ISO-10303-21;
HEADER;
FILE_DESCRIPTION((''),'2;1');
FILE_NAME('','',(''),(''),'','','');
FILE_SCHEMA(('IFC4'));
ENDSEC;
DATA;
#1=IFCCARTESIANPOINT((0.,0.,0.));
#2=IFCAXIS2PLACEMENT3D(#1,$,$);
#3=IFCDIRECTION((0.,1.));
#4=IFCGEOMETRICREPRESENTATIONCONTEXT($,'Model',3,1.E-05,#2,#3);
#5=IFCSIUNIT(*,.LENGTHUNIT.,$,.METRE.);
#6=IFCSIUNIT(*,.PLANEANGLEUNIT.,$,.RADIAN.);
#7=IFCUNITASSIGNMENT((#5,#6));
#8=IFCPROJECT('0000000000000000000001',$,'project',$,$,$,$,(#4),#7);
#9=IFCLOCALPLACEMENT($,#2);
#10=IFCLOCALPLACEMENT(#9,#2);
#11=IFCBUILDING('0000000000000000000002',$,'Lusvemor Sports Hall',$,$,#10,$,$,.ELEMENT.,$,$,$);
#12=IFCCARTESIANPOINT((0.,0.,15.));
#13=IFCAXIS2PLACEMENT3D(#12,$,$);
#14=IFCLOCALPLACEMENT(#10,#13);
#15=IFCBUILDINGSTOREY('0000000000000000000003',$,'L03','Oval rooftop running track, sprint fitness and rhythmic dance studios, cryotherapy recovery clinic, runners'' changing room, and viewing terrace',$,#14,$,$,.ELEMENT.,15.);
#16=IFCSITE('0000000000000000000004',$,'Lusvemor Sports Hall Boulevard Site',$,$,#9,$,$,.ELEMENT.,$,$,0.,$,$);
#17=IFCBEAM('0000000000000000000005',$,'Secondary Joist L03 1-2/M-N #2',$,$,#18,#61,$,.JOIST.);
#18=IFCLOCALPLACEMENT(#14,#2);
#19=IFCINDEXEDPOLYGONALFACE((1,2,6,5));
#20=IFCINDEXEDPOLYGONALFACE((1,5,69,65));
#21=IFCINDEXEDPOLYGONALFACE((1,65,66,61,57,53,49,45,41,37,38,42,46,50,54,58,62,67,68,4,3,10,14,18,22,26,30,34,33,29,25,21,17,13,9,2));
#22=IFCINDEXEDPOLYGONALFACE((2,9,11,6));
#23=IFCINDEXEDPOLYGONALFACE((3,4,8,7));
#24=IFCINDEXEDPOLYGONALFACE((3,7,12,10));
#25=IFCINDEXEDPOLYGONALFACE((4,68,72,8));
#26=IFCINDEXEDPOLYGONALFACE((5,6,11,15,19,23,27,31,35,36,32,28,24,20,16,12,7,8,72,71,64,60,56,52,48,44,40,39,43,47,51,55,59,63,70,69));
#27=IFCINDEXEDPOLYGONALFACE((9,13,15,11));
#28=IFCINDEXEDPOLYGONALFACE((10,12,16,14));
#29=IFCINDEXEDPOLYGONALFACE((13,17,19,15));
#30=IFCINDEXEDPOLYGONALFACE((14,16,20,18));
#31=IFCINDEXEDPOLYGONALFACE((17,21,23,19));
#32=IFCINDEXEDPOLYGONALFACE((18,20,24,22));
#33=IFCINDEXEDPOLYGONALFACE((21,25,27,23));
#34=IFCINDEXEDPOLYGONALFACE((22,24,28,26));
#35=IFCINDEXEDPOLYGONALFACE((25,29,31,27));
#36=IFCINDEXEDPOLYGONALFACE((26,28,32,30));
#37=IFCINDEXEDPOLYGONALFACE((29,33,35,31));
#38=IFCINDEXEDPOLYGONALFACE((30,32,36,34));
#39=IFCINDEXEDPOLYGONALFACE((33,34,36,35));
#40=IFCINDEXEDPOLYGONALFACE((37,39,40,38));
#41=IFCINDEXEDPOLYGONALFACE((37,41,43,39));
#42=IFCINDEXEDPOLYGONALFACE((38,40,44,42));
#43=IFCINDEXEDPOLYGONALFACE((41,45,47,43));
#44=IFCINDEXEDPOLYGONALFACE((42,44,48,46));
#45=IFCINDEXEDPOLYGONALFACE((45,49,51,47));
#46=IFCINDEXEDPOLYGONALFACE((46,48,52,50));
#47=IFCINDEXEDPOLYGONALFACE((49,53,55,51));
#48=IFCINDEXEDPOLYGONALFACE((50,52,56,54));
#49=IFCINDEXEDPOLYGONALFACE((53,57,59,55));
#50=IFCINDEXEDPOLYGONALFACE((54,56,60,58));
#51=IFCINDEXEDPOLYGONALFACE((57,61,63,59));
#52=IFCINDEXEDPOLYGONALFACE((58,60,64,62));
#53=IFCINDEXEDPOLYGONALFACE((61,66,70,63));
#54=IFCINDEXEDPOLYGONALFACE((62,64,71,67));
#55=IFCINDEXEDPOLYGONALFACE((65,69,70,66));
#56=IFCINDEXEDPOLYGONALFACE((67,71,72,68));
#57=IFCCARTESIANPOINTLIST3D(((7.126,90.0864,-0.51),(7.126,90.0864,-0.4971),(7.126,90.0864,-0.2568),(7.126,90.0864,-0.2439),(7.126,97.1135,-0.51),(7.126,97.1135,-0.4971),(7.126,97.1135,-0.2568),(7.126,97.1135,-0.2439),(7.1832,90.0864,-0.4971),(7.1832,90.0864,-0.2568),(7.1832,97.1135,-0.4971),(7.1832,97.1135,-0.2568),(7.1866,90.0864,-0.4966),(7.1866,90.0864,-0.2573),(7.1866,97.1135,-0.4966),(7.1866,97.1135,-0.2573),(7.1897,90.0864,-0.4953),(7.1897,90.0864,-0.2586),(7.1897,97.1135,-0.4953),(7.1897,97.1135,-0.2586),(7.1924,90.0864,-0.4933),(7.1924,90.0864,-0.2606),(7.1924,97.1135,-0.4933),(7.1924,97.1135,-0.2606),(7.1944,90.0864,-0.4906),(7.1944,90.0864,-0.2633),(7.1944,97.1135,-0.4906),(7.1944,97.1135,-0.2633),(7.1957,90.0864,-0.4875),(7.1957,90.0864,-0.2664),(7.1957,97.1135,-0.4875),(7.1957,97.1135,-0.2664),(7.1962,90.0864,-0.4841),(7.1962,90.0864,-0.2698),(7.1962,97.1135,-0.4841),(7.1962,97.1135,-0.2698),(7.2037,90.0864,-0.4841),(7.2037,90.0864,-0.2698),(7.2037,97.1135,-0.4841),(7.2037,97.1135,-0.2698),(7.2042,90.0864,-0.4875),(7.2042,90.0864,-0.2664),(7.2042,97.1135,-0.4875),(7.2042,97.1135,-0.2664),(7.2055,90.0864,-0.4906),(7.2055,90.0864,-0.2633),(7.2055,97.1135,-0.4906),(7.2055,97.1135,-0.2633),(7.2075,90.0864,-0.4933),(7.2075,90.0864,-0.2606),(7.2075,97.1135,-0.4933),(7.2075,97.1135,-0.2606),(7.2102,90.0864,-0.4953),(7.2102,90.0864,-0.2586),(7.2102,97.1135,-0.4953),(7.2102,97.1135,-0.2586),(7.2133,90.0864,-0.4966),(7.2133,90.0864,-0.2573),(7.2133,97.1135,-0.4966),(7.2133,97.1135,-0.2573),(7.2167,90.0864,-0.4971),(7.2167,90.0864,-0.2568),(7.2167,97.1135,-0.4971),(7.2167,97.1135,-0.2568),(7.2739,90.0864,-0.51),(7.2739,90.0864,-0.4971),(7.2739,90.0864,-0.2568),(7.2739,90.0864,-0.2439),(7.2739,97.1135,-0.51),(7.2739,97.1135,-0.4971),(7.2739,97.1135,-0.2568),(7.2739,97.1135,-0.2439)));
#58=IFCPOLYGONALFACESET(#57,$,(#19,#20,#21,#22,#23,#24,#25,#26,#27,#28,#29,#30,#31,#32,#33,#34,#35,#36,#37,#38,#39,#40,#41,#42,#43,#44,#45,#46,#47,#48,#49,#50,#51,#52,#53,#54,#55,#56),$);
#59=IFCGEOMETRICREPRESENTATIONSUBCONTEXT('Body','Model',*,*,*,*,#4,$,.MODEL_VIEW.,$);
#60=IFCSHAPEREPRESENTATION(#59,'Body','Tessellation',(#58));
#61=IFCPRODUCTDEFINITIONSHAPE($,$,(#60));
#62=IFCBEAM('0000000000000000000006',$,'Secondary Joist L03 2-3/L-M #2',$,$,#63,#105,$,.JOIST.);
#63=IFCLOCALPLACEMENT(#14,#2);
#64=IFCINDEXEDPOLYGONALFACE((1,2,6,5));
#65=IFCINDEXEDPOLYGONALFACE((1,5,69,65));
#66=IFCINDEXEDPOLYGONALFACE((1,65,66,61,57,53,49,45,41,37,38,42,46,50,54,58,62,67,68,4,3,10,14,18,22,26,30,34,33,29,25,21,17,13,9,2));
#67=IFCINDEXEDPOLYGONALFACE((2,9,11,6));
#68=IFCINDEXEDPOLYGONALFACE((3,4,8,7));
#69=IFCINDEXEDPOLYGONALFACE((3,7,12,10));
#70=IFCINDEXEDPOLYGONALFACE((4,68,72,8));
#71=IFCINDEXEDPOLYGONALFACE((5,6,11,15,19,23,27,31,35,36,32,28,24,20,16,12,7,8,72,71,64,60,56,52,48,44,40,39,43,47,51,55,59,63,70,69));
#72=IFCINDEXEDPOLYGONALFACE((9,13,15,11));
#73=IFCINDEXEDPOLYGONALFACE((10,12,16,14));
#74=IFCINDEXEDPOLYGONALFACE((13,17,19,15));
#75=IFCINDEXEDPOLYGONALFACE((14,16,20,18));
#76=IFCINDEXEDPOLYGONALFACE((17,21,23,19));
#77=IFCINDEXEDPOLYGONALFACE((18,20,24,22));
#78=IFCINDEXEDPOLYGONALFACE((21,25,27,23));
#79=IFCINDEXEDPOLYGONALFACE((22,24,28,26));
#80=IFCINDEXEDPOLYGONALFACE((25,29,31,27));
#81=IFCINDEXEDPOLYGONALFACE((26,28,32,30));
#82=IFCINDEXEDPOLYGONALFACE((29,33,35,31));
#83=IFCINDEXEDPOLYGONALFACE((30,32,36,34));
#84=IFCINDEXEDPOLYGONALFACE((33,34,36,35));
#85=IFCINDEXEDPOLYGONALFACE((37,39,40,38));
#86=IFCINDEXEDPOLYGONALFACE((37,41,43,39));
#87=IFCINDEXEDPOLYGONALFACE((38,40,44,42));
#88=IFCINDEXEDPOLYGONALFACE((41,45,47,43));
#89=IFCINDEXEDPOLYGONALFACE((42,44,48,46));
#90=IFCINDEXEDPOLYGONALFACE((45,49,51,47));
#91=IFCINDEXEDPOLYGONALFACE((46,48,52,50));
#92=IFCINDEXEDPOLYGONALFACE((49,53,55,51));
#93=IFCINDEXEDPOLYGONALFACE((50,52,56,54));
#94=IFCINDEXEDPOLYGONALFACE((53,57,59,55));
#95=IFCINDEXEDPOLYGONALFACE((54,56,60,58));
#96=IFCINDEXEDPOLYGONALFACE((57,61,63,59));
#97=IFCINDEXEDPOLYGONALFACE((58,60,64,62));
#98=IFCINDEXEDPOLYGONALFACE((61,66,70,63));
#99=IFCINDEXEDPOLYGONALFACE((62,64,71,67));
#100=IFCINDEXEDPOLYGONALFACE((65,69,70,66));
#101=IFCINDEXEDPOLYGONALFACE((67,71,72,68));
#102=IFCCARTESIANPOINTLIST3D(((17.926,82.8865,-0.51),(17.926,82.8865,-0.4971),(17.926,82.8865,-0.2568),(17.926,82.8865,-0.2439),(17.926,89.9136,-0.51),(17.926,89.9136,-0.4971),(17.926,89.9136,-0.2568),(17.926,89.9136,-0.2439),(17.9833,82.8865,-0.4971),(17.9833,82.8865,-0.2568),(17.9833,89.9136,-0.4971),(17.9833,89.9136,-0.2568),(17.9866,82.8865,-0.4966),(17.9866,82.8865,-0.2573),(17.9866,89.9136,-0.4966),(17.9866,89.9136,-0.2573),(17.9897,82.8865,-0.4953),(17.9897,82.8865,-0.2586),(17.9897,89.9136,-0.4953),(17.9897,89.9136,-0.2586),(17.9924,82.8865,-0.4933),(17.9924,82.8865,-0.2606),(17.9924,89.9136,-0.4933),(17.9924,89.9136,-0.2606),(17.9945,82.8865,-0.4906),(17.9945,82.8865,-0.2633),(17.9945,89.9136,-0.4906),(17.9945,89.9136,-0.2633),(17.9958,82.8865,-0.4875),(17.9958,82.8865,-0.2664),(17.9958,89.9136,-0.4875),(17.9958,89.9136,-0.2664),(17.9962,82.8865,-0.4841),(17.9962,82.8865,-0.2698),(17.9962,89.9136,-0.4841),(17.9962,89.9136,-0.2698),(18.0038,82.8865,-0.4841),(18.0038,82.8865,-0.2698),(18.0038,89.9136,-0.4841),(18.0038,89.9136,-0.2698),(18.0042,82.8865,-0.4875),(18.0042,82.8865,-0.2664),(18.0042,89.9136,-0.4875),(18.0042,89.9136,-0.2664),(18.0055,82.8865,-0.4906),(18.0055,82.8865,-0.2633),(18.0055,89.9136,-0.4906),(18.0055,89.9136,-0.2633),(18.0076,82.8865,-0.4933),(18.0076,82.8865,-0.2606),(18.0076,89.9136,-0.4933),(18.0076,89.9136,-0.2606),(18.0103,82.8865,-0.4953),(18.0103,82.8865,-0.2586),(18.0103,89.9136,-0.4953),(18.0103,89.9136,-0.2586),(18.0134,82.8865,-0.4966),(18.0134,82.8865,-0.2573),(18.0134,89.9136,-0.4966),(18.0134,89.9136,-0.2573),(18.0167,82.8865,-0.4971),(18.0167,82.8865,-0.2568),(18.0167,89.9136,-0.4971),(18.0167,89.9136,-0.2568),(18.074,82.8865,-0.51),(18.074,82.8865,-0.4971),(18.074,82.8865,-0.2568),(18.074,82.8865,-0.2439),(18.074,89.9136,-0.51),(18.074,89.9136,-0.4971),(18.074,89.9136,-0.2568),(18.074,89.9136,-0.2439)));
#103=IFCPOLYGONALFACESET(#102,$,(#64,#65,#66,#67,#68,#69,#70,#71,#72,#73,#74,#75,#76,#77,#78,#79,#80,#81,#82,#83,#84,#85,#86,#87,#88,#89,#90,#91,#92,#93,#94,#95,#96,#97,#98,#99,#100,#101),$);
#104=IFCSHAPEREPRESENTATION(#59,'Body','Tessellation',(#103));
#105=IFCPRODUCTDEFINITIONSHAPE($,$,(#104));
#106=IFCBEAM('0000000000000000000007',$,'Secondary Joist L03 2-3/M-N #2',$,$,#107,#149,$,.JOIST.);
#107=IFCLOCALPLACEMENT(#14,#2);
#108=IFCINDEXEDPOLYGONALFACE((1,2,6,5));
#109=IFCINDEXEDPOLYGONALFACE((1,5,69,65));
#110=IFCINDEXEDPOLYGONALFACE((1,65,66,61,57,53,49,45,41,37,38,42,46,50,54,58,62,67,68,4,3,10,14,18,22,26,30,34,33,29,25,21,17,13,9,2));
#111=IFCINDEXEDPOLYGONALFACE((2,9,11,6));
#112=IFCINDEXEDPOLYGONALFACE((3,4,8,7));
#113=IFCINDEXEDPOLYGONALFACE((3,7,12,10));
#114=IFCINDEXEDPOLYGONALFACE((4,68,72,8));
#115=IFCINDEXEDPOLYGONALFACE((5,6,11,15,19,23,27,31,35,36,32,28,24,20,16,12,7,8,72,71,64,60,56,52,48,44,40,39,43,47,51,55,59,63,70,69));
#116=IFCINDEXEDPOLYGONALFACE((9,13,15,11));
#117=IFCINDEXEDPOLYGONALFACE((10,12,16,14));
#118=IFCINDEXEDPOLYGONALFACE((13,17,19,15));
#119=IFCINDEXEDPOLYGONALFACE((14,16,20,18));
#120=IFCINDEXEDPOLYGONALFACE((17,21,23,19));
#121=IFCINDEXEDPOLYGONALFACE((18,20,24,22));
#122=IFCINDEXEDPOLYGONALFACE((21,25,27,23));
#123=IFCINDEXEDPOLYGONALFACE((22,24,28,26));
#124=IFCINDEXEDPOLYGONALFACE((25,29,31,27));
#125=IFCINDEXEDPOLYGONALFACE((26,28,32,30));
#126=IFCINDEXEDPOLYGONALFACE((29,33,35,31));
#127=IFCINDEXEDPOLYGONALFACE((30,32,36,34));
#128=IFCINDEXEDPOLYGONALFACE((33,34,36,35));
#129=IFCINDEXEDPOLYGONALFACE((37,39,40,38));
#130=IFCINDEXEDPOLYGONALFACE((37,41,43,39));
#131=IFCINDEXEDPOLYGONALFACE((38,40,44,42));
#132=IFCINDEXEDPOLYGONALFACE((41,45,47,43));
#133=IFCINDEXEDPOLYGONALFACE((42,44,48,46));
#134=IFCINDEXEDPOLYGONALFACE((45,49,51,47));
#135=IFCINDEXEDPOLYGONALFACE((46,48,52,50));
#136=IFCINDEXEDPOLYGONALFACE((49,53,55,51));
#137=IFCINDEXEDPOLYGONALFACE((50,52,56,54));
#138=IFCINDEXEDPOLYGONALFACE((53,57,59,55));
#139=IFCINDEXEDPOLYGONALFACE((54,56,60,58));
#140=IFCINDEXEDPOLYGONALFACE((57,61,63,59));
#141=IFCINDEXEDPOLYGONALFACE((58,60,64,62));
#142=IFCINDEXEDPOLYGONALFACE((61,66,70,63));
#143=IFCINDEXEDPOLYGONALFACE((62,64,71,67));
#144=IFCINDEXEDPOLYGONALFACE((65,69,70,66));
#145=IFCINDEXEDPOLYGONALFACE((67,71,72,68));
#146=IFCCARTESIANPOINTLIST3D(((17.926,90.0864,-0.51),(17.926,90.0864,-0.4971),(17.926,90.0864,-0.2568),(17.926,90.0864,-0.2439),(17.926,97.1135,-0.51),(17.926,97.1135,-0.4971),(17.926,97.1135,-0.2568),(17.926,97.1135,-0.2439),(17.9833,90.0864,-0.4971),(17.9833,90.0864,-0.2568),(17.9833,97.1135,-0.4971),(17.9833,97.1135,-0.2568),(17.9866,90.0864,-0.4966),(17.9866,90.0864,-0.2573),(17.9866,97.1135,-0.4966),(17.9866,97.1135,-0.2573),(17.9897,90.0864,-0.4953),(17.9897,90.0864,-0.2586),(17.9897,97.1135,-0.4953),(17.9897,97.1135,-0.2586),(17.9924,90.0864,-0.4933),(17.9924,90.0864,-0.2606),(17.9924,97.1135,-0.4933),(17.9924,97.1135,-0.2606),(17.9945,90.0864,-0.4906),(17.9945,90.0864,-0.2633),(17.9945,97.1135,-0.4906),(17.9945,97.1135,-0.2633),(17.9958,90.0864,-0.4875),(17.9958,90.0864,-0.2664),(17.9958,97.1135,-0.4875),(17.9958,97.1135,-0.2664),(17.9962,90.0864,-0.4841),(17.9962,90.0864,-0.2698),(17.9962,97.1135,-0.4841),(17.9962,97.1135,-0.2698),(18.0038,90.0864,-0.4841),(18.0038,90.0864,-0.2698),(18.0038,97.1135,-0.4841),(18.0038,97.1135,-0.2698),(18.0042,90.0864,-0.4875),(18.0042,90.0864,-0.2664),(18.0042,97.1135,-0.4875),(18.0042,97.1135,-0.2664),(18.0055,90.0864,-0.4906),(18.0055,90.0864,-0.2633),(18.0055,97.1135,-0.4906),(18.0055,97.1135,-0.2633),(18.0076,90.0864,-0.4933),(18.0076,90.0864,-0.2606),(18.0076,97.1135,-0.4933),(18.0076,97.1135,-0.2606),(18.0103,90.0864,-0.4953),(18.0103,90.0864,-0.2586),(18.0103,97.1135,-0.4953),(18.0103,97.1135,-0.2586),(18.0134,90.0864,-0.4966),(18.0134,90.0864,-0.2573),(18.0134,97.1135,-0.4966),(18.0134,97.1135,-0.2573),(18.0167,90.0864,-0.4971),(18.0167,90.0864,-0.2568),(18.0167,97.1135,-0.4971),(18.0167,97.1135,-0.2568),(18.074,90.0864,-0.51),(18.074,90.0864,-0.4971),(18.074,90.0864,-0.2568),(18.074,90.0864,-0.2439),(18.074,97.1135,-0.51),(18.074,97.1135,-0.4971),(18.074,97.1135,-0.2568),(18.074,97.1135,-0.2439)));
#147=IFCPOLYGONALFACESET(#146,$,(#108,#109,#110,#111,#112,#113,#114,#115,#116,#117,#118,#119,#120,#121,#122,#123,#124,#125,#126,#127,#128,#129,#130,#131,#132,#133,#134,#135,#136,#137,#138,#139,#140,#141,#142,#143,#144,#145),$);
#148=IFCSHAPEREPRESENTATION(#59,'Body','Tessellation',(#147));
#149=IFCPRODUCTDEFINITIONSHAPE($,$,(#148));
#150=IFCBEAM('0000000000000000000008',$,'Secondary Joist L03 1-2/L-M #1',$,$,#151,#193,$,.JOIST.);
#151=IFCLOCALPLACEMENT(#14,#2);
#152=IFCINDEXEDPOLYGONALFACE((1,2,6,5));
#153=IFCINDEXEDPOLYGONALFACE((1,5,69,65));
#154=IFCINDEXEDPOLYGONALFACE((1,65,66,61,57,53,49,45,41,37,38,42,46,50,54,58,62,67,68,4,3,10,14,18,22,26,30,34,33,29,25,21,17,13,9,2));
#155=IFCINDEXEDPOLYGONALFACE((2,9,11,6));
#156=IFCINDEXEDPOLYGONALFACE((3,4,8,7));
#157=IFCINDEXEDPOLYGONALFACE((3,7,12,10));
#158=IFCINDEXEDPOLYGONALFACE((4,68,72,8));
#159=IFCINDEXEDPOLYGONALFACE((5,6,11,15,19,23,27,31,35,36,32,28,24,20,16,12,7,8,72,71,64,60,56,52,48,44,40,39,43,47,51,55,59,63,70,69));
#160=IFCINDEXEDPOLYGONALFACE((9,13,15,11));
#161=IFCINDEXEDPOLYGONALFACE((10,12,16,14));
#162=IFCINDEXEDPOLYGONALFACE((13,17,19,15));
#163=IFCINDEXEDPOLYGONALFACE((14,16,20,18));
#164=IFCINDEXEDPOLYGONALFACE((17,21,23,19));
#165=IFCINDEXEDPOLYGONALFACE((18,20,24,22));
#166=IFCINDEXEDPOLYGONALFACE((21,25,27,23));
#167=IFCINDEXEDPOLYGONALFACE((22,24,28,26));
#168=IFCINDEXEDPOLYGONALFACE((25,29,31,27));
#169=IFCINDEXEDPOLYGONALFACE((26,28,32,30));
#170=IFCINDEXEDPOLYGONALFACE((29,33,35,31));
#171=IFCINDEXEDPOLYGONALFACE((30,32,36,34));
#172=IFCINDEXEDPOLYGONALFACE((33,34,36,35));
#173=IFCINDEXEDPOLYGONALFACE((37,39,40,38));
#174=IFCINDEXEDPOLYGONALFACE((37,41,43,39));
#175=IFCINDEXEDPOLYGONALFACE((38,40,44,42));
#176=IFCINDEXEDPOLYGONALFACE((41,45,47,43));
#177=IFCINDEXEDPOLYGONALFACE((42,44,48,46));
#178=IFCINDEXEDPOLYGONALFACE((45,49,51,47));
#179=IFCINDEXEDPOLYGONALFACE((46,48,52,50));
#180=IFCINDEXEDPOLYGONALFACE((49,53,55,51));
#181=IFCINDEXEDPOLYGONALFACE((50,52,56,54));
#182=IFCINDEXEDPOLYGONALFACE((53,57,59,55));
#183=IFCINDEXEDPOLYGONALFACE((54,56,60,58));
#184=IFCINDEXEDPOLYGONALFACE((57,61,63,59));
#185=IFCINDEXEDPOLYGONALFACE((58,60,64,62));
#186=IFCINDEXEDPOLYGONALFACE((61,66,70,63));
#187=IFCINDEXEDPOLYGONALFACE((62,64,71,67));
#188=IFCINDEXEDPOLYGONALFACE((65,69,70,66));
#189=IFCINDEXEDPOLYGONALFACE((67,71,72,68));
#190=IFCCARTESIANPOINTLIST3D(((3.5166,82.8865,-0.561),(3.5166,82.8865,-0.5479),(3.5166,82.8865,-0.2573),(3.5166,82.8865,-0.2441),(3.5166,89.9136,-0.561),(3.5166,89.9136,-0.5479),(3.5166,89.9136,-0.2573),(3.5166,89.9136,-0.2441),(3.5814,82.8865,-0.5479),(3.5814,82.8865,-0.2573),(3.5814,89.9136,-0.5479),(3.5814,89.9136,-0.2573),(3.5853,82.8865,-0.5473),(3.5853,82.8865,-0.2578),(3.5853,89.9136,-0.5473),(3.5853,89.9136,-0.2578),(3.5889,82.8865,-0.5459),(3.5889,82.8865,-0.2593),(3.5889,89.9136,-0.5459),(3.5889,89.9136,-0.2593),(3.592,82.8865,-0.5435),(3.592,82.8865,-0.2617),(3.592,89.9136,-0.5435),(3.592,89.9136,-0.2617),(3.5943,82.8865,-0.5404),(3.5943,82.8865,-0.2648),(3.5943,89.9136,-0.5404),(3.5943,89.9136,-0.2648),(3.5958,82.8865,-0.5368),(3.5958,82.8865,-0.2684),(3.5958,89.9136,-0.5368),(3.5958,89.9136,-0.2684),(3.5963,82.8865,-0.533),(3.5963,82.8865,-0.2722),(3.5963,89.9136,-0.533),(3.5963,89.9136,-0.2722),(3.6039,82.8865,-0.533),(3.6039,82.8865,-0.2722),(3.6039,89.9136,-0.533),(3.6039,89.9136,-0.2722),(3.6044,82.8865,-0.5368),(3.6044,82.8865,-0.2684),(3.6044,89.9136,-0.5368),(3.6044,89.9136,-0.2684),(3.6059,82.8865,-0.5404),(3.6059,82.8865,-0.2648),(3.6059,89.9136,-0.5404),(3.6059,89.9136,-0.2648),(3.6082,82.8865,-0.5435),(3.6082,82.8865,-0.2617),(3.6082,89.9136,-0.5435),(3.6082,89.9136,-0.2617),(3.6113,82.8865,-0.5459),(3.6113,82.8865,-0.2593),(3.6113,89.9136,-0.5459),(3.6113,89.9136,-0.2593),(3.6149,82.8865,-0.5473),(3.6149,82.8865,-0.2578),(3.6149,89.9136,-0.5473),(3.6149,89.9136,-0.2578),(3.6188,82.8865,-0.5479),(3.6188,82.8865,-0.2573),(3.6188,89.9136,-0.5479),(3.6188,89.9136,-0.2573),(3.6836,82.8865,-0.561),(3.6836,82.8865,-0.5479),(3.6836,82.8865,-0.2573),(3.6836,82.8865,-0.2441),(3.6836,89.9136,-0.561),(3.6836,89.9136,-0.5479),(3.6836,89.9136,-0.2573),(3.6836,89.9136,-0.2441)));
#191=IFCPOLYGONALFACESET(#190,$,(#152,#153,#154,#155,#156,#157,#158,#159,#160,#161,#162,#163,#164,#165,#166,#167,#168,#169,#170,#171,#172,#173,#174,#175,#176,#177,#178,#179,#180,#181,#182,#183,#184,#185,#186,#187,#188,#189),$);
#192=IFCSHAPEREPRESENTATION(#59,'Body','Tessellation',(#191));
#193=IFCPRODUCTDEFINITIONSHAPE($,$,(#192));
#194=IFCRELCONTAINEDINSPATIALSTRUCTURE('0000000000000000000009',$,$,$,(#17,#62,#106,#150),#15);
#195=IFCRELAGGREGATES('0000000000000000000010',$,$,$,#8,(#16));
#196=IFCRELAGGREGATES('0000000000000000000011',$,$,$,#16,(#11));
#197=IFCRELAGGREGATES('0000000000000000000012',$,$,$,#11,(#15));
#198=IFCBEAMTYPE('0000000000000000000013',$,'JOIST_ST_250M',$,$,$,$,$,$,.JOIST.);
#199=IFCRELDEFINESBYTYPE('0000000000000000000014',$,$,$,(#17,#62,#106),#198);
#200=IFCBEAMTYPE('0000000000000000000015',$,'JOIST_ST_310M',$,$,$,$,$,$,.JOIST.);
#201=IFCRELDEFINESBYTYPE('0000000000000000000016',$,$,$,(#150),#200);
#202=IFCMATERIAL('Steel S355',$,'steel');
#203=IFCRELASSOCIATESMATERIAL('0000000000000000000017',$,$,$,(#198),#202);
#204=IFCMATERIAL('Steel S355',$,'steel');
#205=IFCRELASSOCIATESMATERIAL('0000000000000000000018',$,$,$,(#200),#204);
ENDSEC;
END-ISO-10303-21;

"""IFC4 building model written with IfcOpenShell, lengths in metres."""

from ifc_helpers import new_model, si_unit, direction, frame, origin, origin_2d, place, context, subcontext, project, spatial, i_section, extrude, material, material_profile, profile_set, type_object, element, save


model = new_model("IFC4")

# Units and contexts
model_context = context("Model", 3, precision=1e-05, world=origin(), true_north=direction((0.0, 1.0)))
body_context = subcontext(model_context, "Body", "Model", "MODEL_VIEW")
ifc_project = project(units=[si_unit("LENGTHUNIT", "METRE"), si_unit("PLANEANGLEUNIT", "RADIAN")], contexts=[model_context])

# Site, building, storey
site_placement = place(None, origin())
site = spatial("IfcSite", under=ifc_project, at=site_placement, Name="Lusvemor Sports Hall Boulevard Site", CompositionType="ELEMENT", RefElevation=0.0)
building_placement = place(site_placement, origin())
building = spatial("IfcBuilding", under=site, at=building_placement, Name="Lusvemor Sports Hall", CompositionType="ELEMENT")
storey_placement = place(building_placement, frame((0.0, 0.0, 15.0)))
storey = spatial("IfcBuildingStorey", under=building, at=storey_placement, Name="L03", Description="Oval rooftop running track, sprint fitness and rhythmic dance studios, cryotherapy recovery clinic, runners' changing room, and viewing terrace", CompositionType="ELEMENT", Elevation=15.0)

# Beams
ifc_material_1 = material(Name="Steel S355", Category="steel")
ifc_material_profile_1 = material_profile(ifc_material_1, i_section(OverallWidth=0.1479, OverallDepth=0.2661, WebThickness=0.0076, FlangeThickness=0.0129, FilletRadius=0.0129, at=origin_2d()), Name="W250x44.8")
ifc_profile_set_1 = profile_set([ifc_material_profile_1], Name="Steel S355")
beam_type_1 = type_object("IfcBeamType", Name="JOIST_ST_250M", PredefinedType="JOIST", material=ifc_profile_set_1)
for number, where, z_axis, x_axis, name in (
    (1, (7.2, 90.0864, -0.377), (0.0, 1.0, 0.0), (-1.0, 0.0, 0.0), "Secondary Joist L03 1-2/M-N #2"),
    (2, (18.0, 82.8865, -0.377), (0.0, 1.0, 0.0), (-1.0, 0.0, 0.0), "Secondary Joist L03 2-3/L-M #2"),
    (3, (18.0, 90.0864, -0.377), (0.0, 1.0, 0.0), (-1.0, 0.0, 0.0), "Secondary Joist L03 2-3/M-N #2"),
):
    element("IfcBeam", number, at=place(storey_placement, frame(where, z_axis=z_axis, x_axis=x_axis)), inside=storey, type_object=beam_type_1, Name=name, PredefinedType="JOIST", context=body_context, shape_type="SweptSolid", body=[
        extrude(i_section(OverallWidth=0.1479, OverallDepth=0.2661, WebThickness=0.0076, FlangeThickness=0.0129, FilletRadius=0.0129, at=origin_2d()), origin(), (0.0, 0.0, 1.0), 7.0271),
    ])
ifc_material_2 = material(Name="Steel S355", Category="steel")
ifc_material_profile_2 = material_profile(ifc_material_2, i_section(OverallWidth=0.167, OverallDepth=0.3169, WebThickness=0.0076, FlangeThickness=0.0132, FilletRadius=0.0149, at=origin_2d()), Name="W310x52.0")
ifc_profile_set_2 = profile_set([ifc_material_profile_2], Name="Steel S355")
beam_type_2 = type_object("IfcBeamType", Name="JOIST_ST_310M", PredefinedType="JOIST", material=ifc_profile_set_2)
for number, where, z_axis, x_axis, name in (
    (4, (3.6001, 82.8865, -0.4026), (0.0, 1.0, 0.0), (-1.0, 0.0, 0.0), "Secondary Joist L03 1-2/L-M #1"),
):
    element("IfcBeam", number, at=place(storey_placement, frame(where, z_axis=z_axis, x_axis=x_axis)), inside=storey, type_object=beam_type_2, Name=name, PredefinedType="JOIST", context=body_context, shape_type="SweptSolid", body=[
        extrude(i_section(OverallWidth=0.167, OverallDepth=0.3169, WebThickness=0.0076, FlangeThickness=0.0132, FilletRadius=0.0149, at=origin_2d()), origin(), (0.0, 0.0, 1.0), 7.0271),
    ])

save(model, "model.ifc")
